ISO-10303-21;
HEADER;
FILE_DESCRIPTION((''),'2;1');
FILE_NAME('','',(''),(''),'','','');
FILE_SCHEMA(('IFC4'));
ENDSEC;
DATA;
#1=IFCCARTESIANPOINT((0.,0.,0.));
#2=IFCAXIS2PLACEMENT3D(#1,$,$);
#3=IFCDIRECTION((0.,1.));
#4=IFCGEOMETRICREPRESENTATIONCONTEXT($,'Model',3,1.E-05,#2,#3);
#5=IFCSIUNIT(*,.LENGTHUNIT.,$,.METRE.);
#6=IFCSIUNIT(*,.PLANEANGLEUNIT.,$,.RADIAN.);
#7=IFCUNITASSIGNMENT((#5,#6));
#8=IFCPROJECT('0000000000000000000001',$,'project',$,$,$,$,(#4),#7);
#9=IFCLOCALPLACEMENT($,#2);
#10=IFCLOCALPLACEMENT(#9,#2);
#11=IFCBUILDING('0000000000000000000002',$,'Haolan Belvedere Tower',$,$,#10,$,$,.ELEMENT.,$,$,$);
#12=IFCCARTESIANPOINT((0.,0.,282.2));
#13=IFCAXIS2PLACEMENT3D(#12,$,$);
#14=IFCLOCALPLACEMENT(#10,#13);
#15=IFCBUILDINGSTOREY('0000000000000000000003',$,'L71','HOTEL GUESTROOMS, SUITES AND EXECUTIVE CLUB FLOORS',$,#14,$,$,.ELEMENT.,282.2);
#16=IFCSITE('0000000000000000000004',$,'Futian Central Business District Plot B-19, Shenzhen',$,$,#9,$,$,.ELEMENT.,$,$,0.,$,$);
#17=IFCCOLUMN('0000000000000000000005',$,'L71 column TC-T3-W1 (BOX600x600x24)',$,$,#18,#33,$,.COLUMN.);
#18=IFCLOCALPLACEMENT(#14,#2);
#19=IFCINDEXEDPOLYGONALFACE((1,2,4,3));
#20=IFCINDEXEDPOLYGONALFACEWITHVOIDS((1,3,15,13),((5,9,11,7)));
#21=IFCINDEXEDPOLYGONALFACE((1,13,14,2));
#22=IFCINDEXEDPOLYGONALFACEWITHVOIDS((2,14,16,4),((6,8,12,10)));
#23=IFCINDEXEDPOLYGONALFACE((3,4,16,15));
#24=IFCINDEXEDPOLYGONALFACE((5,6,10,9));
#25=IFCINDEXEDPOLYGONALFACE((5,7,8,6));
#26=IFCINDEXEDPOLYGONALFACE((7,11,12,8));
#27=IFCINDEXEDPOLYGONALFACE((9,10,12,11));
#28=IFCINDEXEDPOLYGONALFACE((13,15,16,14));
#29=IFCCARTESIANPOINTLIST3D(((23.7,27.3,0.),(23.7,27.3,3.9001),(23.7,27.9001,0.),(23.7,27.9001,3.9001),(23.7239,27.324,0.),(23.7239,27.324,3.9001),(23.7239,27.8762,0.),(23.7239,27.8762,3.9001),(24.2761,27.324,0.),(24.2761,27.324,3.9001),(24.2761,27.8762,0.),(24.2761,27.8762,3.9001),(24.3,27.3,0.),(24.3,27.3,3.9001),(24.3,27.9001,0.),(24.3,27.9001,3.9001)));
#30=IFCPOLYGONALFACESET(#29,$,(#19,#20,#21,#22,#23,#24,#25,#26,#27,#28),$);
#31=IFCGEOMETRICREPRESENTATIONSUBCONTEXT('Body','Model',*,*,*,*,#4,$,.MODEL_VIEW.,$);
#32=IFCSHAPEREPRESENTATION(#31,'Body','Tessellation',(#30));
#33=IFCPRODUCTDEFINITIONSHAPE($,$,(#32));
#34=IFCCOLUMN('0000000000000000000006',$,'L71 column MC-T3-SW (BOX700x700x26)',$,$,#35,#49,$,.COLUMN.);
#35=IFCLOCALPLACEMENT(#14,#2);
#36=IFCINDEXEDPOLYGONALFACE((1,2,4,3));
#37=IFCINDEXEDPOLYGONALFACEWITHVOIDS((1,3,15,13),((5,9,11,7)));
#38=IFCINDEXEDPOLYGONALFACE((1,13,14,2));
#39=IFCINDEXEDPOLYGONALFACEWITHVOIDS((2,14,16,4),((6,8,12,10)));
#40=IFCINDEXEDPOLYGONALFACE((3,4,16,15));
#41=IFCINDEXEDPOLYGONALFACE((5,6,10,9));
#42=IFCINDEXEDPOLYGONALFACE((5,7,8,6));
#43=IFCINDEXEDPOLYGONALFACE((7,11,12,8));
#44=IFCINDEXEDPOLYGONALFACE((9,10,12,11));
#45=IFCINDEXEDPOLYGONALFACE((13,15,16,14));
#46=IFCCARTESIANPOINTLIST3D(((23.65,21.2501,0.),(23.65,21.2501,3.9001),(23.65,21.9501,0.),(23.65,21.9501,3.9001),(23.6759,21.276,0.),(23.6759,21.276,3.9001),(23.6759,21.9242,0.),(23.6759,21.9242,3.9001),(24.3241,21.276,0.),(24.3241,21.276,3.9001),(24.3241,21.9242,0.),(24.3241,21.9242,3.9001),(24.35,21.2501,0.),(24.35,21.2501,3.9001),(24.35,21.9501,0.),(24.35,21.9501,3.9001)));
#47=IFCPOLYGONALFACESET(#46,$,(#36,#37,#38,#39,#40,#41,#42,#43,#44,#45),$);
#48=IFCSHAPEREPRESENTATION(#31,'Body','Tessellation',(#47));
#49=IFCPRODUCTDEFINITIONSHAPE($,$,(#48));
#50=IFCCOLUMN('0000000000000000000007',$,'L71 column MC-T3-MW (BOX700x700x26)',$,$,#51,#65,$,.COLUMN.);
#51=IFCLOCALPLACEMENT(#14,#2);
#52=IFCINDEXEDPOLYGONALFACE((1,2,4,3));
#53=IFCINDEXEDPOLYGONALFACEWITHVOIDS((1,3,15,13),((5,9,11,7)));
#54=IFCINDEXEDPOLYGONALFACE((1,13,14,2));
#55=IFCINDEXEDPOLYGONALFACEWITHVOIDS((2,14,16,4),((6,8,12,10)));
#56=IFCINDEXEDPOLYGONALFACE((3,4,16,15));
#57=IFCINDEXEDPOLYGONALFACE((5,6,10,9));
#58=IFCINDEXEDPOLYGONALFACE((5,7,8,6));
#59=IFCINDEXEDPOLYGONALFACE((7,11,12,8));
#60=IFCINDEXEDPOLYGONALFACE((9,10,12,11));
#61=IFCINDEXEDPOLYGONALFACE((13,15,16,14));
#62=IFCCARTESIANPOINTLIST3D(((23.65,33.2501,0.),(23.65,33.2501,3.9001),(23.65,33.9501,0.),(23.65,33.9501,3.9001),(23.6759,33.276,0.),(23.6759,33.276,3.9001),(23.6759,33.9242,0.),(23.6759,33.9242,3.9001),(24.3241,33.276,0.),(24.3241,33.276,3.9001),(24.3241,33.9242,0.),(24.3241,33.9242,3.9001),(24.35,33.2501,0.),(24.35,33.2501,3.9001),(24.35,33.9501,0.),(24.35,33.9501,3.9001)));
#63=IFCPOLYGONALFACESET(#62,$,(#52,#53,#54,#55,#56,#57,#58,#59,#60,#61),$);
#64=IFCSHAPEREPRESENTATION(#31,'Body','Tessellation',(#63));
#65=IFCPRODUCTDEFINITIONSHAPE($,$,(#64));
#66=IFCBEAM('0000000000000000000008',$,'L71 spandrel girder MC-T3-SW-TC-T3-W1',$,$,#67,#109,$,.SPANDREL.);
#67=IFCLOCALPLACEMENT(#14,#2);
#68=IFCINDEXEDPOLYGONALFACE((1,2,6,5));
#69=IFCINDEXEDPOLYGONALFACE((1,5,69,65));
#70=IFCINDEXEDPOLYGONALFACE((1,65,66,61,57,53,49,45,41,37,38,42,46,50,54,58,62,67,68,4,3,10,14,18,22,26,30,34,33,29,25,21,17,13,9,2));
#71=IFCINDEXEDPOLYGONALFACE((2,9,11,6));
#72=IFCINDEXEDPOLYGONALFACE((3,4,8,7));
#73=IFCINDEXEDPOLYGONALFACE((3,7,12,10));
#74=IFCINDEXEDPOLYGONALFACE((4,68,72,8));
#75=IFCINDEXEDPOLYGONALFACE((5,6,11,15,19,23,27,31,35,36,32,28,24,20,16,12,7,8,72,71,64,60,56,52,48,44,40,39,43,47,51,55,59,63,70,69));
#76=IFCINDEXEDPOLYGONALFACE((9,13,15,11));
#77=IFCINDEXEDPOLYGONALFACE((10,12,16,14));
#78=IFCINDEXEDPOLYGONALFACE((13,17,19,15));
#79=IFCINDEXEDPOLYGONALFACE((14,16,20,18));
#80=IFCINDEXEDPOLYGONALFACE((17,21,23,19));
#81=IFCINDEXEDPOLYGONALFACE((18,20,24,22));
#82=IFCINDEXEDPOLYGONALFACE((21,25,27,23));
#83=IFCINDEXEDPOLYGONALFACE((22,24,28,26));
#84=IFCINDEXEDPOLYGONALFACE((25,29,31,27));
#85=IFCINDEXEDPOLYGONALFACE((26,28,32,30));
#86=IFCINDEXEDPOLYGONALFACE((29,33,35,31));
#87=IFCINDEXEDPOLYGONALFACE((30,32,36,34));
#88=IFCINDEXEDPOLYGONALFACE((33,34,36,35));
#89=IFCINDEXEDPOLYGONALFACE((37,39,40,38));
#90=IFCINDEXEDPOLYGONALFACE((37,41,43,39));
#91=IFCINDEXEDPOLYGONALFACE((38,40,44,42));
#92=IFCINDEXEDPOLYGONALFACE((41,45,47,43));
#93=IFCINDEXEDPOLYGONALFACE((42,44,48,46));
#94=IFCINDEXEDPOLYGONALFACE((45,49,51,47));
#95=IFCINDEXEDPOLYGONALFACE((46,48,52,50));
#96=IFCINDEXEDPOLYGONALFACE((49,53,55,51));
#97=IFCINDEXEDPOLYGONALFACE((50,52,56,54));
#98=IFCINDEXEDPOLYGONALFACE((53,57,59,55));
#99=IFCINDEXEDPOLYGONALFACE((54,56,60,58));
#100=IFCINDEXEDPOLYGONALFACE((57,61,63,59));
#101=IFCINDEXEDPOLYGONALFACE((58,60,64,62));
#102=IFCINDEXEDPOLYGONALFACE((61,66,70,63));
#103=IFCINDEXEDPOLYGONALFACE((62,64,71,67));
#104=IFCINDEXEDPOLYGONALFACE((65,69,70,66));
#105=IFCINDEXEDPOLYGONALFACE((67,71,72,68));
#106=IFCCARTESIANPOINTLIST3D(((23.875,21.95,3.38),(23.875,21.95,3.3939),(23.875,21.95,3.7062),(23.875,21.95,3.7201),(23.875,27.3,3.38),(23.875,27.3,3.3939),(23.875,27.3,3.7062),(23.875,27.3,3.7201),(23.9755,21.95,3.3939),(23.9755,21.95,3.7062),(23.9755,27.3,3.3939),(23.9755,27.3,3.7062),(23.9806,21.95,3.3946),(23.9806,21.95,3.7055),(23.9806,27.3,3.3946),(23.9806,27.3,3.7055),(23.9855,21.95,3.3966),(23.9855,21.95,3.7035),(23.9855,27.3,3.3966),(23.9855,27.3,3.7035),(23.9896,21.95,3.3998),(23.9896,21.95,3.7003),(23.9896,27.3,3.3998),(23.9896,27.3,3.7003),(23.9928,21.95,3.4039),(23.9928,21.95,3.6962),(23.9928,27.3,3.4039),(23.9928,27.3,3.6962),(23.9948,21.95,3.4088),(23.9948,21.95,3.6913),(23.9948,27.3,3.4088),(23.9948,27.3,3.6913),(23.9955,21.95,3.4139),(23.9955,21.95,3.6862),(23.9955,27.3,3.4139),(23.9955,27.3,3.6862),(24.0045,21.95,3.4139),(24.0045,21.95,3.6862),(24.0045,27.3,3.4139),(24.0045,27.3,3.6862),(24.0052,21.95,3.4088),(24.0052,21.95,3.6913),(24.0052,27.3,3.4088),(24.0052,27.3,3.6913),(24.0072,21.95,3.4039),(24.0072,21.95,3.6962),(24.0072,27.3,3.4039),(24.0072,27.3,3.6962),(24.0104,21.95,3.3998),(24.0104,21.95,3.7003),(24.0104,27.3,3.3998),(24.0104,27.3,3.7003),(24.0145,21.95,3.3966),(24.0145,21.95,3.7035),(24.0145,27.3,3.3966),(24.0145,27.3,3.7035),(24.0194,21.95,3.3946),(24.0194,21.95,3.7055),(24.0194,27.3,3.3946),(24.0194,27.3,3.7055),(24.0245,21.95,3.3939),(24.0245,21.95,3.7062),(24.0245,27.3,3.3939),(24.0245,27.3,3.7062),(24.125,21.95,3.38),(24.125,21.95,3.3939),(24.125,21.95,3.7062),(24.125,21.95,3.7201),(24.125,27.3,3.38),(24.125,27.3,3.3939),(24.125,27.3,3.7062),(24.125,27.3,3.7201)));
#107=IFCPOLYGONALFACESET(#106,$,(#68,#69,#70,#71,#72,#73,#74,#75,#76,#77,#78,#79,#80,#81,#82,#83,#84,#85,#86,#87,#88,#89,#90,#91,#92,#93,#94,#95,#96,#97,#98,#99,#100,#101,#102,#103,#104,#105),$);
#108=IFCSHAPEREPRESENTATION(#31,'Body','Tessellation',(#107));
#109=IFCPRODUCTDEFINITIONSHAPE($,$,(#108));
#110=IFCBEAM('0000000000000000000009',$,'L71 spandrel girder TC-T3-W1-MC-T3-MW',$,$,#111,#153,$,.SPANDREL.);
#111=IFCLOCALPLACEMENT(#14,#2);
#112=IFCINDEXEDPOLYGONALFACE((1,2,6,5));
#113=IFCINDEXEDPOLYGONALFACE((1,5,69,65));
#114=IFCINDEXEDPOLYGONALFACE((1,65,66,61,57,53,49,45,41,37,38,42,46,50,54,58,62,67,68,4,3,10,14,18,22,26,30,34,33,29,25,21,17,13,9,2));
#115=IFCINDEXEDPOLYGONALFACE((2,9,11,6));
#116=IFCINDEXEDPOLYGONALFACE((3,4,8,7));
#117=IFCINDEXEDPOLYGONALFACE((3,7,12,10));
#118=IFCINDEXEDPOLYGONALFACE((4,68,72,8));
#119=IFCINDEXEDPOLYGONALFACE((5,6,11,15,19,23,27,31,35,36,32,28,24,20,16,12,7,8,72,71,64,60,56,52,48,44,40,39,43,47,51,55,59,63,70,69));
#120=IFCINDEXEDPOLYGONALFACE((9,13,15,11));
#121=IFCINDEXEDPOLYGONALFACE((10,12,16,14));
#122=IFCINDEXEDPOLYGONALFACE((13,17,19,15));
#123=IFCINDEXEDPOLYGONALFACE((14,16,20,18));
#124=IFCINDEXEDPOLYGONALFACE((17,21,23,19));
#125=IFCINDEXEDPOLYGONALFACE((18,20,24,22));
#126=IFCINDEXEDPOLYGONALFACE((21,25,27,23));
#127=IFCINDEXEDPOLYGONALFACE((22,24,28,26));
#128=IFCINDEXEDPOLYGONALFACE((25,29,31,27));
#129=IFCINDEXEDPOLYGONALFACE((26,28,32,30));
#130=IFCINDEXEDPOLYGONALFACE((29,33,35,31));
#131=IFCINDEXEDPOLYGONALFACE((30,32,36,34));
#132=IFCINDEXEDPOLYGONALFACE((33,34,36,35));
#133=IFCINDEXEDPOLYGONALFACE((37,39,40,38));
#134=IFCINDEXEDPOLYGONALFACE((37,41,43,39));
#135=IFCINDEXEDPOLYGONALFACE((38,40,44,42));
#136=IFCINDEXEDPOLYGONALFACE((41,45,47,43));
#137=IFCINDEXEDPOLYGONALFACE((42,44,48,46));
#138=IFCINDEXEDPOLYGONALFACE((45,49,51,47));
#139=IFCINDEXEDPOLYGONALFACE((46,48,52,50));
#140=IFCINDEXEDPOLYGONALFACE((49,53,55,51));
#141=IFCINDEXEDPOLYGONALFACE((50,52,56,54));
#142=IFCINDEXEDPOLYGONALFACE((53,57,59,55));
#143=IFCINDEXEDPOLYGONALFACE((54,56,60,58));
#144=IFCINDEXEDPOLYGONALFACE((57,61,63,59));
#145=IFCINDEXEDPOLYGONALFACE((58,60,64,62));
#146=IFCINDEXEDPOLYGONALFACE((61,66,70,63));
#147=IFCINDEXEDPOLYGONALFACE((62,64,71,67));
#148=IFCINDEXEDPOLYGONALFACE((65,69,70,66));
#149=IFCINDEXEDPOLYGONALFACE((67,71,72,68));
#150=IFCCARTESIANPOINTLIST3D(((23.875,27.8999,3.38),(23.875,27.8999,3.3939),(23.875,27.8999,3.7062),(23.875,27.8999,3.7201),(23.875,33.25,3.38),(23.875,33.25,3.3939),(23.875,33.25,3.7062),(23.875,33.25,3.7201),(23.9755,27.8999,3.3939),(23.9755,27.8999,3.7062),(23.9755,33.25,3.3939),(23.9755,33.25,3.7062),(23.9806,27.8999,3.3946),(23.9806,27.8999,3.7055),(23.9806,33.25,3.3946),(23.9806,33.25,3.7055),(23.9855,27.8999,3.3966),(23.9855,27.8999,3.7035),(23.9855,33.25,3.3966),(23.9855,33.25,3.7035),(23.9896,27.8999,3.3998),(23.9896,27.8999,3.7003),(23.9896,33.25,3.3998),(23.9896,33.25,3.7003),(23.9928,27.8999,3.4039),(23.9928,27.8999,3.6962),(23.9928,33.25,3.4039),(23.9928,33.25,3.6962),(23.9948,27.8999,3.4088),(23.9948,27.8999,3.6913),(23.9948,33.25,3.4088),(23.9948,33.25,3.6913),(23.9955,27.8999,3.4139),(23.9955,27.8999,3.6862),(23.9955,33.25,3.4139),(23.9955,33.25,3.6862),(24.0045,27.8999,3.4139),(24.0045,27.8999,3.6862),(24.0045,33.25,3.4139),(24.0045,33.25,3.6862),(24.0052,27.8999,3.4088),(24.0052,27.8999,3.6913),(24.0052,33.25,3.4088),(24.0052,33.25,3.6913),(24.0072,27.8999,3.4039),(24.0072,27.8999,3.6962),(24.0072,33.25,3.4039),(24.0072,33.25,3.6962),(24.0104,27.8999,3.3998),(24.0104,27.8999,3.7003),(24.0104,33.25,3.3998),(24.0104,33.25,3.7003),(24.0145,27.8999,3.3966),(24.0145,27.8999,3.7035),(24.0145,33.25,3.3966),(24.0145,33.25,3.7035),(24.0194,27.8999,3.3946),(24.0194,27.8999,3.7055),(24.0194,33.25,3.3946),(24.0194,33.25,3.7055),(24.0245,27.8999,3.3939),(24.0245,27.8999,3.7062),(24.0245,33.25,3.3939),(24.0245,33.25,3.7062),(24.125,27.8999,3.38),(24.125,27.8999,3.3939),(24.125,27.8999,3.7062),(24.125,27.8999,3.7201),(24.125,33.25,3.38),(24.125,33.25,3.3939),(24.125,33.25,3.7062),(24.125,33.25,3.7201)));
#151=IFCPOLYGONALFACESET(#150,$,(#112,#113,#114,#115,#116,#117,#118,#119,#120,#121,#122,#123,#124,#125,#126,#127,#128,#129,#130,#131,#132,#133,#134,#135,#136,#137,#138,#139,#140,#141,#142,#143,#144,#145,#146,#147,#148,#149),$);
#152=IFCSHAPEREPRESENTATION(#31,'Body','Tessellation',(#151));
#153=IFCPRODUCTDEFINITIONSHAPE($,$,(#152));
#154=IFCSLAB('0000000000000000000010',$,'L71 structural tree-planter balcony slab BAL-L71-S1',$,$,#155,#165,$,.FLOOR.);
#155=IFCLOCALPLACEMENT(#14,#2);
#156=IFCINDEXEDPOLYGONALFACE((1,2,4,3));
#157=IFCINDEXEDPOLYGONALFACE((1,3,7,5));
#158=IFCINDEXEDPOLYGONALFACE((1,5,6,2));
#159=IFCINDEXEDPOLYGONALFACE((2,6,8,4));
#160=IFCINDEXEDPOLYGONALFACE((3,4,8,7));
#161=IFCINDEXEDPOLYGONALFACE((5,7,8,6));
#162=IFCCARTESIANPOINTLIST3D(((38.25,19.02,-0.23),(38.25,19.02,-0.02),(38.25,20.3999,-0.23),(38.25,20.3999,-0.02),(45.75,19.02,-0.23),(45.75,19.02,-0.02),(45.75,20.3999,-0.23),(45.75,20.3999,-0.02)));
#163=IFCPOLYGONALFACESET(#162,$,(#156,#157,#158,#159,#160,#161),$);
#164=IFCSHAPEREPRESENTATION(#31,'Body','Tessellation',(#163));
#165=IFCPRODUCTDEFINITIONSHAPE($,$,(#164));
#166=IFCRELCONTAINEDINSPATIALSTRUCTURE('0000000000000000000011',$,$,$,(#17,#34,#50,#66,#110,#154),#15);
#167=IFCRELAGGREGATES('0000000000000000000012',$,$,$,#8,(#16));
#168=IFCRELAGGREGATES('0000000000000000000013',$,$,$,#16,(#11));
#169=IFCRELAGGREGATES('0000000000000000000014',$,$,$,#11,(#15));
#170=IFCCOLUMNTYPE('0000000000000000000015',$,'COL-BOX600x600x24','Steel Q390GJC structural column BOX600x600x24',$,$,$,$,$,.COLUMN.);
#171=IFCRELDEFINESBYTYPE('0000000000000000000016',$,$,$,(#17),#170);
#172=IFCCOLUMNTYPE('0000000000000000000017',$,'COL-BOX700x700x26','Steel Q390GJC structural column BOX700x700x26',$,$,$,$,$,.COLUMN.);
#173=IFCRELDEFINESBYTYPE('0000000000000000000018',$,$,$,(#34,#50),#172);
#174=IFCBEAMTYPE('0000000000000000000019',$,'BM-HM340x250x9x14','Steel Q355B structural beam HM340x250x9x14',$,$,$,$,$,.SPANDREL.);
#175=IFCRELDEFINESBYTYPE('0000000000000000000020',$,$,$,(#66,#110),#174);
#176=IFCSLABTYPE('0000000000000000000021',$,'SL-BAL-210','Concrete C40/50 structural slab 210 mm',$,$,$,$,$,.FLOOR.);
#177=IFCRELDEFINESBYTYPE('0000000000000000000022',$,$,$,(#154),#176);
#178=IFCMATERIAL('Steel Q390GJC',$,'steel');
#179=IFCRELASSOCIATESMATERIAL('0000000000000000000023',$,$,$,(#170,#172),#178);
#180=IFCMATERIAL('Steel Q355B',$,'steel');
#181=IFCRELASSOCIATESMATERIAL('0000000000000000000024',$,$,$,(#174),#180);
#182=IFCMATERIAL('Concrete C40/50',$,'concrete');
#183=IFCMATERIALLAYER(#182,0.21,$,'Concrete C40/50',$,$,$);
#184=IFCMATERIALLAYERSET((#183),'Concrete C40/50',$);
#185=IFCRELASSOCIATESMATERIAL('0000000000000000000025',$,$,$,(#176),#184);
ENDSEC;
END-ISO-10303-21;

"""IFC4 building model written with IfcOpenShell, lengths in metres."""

from ifc_helpers import new_model, si_unit, direction, frame, origin, origin_2d, place, context, subcontext, project, spatial, polyline, hollow_rectangle, i_section, outline, extrude, material, layer, layer_set, material_profile, profile_set, type_object, element, save


model = new_model("IFC4")

# Units and contexts
model_context = context("Model", 3, precision=1e-05, world=origin(), true_north=direction((0.0, 1.0)))
body_context = subcontext(model_context, "Body", "Model", "MODEL_VIEW")
ifc_project = project(units=[si_unit("LENGTHUNIT", "METRE"), si_unit("PLANEANGLEUNIT", "RADIAN")], contexts=[model_context])

# Site, building, storey
site_placement = place(None, origin())
site = spatial("IfcSite", under=ifc_project, at=site_placement, Name="Futian Central Business District Plot B-19, Shenzhen", CompositionType="ELEMENT", RefElevation=0.0)
building_placement = place(site_placement, origin())
building = spatial("IfcBuilding", under=site, at=building_placement, Name="Haolan Belvedere Tower", CompositionType="ELEMENT")
storey_placement = place(building_placement, frame((0.0, 0.0, 282.2)))
storey = spatial("IfcBuildingStorey", under=building, at=storey_placement, Name="L71", Description="HOTEL GUESTROOMS, SUITES AND EXECUTIVE CLUB FLOORS", CompositionType="ELEMENT", Elevation=282.2)

# Columns
ifc_material_1 = material(Name="Steel Q390GJC", Category="steel")
ifc_material_profile_1 = material_profile(ifc_material_1, hollow_rectangle(XDim=0.6001, YDim=0.6001, WallThickness=0.0239, at=origin_2d()), Name="Steel Q390GJC")
ifc_profile_set_1 = profile_set([ifc_material_profile_1], Name="Steel Q390GJC")
column_type_1 = type_object("IfcColumnType", Name="COL-BOX600x600x24", Description="Steel Q390GJC structural column BOX600x600x24", PredefinedType="COLUMN", material=ifc_profile_set_1)
column_placement = place(storey_placement, frame((24.0, 27.6001, 0.0), z_axis=(0.0, 0.0, 1.0), x_axis=(1.0, 0.0, 0.0)))
element("IfcColumn", 1, at=column_placement, inside=storey, type_object=column_type_1, Name="L71 column TC-T3-W1 (BOX600x600x24)", PredefinedType="COLUMN", context=body_context, shape_type="SweptSolid", body=[
    extrude(hollow_rectangle(XDim=0.6001, YDim=0.6001, WallThickness=0.0239, at=origin_2d()), origin(), (0.0, 0.0, 1.0), 3.9001),
])
ifc_material_profile_2 = material_profile(ifc_material_1, hollow_rectangle(XDim=0.7, YDim=0.7, WallThickness=0.0259, at=origin_2d()), Name="Steel Q390GJC")
ifc_profile_set_2 = profile_set([ifc_material_profile_2], Name="Steel Q390GJC")
column_type_2 = type_object("IfcColumnType", Name="COL-BOX700x700x26", Description="Steel Q390GJC structural column BOX700x700x26", PredefinedType="COLUMN", material=ifc_profile_set_2)
for number, where, z_axis, x_axis, name in (
    (2, (24.0, 21.6001, 0.0), (0.0, 0.0, 1.0), (1.0, 0.0, 0.0), "L71 column MC-T3-SW (BOX700x700x26)"),
    (3, (24.0, 33.6001, 0.0), (0.0, 0.0, 1.0), (1.0, 0.0, 0.0), "L71 column MC-T3-MW (BOX700x700x26)"),
):
    element("IfcColumn", number, at=place(storey_placement, frame(where, z_axis=z_axis, x_axis=x_axis)), inside=storey, type_object=column_type_2, Name=name, PredefinedType="COLUMN", context=body_context, shape_type="SweptSolid", body=[
        extrude(hollow_rectangle(XDim=0.7, YDim=0.7, WallThickness=0.0259, at=origin_2d()), origin(), (0.0, 0.0, 1.0), 3.9001),
    ])

# Beams
ifc_material_2 = material(Name="Steel Q355B", Category="steel")
ifc_material_profile_3 = material_profile(ifc_material_2, i_section(OverallWidth=0.25, OverallDepth=0.3401, WebThickness=0.009, FlangeThickness=0.0139, FilletRadius=0.02, at=origin_2d()), Name="Steel Q355B")
ifc_profile_set_3 = profile_set([ifc_material_profile_3], Name="Steel Q355B")
beam_type = type_object("IfcBeamType", Name="BM-HM340x250x9x14", Description="Steel Q355B structural beam HM340x250x9x14", PredefinedType="SPANDREL", material=ifc_profile_set_3)
for number, where, z_axis, x_axis, name in (
    (4, (24.0, 21.95, 3.55), (0.0, 1.0, 0.0), (-1.0, 0.0, 0.0), "L71 spandrel girder MC-T3-SW-TC-T3-W1"),
    (5, (24.0, 27.8999, 3.55), (0.0, 1.0, 0.0), (-1.0, 0.0, 0.0), "L71 spandrel girder TC-T3-W1-MC-T3-MW"),
):
    element("IfcBeam", number, at=place(storey_placement, frame(where, z_axis=z_axis, x_axis=x_axis)), inside=storey, type_object=beam_type, Name=name, PredefinedType="SPANDREL", context=body_context, shape_type="SweptSolid", body=[
        extrude(i_section(OverallWidth=0.25, OverallDepth=0.3401, WebThickness=0.009, FlangeThickness=0.0139, FilletRadius=0.02, at=origin_2d()), origin(), (0.0, 0.0, 1.0), 5.3501),
    ])

# Slab
ifc_material_3 = material(Name="Concrete C40/50", Category="concrete")
ifc_layer_1 = layer(ifc_material_3, 0.21, Name="Concrete C40/50")
ifc_layer_set_1 = layer_set([ifc_layer_1], Name="Concrete C40/50")
slab_type_1 = type_object("IfcSlabType", Name="SL-BAL-210", Description="Concrete C40/50 structural slab 210 mm", PredefinedType="FLOOR", material=ifc_layer_set_1)
slab_1_placement = place(storey_placement, frame((0.0, 0.0, -0.23)))
element("IfcSlab", 6, at=slab_1_placement, inside=storey, type_object=slab_type_1, Name="L71 structural tree-planter balcony slab BAL-L71-S1", PredefinedType="FLOOR", context=body_context, shape_type="SweptSolid", body=[
    extrude(outline(polyline([(38.25, 19.02), (45.75, 19.02), (45.75, 20.3999), (38.25, 20.3999), (38.25, 19.02)])), origin(), (0.0, 0.0, 1.0), 0.21),
])

save(model, "model.ifc")
